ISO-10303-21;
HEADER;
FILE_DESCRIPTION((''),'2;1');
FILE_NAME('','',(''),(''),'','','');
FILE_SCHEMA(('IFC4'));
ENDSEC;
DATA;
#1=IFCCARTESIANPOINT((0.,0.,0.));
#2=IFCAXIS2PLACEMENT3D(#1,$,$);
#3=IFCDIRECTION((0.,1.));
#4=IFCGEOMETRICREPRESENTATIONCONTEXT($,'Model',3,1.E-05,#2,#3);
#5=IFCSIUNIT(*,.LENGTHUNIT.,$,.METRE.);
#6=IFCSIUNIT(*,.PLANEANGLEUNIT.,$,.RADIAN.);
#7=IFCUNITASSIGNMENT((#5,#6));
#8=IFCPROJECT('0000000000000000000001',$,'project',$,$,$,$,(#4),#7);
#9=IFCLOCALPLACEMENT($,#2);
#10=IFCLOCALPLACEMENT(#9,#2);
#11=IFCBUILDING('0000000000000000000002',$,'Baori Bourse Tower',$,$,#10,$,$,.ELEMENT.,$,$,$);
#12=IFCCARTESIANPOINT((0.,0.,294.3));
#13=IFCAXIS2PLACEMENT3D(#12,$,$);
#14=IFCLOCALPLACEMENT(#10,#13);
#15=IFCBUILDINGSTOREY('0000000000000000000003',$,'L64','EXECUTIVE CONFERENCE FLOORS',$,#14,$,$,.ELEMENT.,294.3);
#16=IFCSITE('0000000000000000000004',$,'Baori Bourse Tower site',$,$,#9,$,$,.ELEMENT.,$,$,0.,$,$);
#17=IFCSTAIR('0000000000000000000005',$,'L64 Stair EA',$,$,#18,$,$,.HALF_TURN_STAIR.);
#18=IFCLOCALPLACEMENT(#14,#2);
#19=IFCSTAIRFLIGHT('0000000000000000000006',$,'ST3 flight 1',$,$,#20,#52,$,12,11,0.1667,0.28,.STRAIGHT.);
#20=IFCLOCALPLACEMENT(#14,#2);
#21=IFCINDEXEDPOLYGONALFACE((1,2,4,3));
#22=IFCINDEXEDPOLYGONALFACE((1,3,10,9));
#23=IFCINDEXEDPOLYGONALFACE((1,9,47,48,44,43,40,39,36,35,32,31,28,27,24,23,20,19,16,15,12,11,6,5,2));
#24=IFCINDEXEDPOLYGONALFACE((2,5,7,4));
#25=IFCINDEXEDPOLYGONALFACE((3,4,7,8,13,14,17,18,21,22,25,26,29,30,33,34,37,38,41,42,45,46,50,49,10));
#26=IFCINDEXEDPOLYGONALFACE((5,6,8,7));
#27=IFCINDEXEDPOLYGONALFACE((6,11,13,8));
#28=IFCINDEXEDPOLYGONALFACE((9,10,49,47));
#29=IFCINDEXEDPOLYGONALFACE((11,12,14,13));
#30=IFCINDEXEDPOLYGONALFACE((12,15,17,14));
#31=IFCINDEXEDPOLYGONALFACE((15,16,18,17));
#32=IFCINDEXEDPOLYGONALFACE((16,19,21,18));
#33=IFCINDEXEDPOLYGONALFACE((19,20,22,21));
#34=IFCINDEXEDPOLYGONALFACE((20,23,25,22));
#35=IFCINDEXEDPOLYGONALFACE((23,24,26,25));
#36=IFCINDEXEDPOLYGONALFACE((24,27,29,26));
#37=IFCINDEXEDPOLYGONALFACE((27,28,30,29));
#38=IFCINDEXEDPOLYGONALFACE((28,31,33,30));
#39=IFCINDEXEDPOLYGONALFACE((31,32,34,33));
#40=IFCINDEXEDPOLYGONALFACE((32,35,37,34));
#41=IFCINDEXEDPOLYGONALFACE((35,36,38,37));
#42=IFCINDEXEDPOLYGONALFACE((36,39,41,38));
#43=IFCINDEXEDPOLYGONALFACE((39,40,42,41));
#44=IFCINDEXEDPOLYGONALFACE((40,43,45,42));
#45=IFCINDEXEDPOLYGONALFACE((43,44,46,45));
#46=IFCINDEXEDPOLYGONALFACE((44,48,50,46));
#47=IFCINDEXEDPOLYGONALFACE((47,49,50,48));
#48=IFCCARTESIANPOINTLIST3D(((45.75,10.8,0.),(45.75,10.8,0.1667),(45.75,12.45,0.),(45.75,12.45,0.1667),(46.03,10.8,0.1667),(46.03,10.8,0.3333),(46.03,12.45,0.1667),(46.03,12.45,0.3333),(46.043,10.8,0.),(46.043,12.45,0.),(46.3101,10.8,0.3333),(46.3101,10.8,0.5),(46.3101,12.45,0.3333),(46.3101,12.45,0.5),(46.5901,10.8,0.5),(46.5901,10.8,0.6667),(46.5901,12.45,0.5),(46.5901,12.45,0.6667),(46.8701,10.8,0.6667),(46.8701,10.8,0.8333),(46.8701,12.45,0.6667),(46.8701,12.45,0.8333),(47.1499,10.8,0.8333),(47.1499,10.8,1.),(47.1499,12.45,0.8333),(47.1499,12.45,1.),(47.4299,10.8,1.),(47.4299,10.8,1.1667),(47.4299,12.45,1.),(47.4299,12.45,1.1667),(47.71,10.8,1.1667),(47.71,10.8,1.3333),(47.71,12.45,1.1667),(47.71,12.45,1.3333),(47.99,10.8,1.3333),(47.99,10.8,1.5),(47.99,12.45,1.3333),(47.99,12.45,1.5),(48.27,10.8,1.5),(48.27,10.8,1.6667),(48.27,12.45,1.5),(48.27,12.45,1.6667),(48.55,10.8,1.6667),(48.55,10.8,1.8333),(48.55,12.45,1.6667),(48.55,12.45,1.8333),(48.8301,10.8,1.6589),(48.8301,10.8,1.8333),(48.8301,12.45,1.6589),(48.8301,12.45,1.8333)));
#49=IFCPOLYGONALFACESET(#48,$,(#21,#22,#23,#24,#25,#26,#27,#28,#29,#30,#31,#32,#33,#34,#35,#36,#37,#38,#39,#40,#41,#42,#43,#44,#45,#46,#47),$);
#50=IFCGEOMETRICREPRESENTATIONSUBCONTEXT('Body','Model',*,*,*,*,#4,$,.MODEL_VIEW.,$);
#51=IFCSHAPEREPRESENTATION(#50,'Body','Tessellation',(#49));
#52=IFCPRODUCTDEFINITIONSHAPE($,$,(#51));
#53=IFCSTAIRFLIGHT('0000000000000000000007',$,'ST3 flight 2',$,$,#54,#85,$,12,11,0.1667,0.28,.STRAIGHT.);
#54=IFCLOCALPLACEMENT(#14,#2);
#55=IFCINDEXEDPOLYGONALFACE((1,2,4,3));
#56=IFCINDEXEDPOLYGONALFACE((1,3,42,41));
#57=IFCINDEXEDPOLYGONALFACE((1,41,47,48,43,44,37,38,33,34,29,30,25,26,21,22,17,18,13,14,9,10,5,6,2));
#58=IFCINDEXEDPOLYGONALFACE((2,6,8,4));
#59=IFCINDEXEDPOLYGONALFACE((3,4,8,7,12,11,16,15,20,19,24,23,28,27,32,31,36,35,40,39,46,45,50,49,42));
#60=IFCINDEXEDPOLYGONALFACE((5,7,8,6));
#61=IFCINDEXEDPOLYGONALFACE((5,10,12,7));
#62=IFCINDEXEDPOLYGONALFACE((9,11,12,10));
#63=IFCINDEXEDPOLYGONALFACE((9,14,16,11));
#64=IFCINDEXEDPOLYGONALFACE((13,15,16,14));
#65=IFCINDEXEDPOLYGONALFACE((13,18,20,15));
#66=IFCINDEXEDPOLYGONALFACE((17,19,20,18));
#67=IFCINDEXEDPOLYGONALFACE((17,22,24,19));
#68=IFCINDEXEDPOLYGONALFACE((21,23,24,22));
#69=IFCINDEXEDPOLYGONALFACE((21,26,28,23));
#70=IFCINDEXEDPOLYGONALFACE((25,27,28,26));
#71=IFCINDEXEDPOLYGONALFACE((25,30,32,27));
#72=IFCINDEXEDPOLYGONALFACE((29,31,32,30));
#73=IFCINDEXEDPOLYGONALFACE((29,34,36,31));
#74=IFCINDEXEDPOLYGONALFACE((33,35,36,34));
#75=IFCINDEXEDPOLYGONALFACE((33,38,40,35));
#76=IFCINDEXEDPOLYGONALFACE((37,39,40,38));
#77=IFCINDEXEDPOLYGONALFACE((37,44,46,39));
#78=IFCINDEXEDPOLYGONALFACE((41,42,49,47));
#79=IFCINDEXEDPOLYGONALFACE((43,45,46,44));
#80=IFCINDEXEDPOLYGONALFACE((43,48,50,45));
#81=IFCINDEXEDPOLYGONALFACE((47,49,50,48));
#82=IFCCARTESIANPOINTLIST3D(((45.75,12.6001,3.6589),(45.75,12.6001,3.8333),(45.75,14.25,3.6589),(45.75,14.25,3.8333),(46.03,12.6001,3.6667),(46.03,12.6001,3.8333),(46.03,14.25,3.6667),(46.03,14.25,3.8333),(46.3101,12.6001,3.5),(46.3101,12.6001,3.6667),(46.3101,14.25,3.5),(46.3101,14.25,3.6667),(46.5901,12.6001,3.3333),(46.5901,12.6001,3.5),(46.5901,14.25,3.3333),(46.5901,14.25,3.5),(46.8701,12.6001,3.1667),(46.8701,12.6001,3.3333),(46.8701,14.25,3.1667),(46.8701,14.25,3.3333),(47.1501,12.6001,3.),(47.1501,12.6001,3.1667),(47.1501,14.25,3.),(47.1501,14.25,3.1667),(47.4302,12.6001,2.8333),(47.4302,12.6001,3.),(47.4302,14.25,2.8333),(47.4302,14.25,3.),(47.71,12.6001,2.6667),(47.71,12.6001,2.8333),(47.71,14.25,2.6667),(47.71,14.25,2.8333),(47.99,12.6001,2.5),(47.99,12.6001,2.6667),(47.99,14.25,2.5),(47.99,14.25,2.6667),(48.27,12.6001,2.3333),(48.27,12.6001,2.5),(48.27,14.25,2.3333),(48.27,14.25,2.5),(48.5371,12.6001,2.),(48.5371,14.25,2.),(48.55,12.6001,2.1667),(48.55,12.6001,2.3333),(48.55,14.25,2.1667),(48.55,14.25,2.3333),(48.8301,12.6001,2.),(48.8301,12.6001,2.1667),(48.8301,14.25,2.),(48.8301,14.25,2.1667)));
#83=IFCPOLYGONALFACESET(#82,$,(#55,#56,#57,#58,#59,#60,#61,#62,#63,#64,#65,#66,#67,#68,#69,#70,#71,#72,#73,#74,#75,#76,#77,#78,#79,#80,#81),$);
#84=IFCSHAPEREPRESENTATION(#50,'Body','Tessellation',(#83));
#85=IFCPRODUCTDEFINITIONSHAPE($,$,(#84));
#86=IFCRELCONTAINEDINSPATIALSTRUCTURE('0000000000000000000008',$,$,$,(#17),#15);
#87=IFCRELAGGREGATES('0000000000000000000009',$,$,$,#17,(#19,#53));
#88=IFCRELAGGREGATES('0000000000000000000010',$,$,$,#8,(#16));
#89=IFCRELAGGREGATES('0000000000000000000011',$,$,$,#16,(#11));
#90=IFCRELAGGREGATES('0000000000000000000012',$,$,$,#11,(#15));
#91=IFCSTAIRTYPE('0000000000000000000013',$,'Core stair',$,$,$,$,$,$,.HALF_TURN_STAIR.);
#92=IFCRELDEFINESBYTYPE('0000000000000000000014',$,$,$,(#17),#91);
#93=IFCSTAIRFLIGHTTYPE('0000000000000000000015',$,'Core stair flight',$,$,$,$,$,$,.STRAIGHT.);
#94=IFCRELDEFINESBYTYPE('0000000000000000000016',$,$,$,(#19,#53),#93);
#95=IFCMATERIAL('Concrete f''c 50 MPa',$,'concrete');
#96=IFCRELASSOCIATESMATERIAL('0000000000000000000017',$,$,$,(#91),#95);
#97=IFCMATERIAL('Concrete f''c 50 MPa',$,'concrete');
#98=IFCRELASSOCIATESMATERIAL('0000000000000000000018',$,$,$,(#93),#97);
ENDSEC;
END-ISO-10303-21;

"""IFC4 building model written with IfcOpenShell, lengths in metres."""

from ifc_helpers import new_model, si_unit, direction, frame, origin, place, context, subcontext, project, spatial, polyline, outline, extrude, material, type_object, element, aggregate, save


model = new_model("IFC4")

# Units and contexts
model_context = context("Model", 3, precision=1e-05, world=origin(), true_north=direction((0.0, 1.0)))
body_context = subcontext(model_context, "Body", "Model", "MODEL_VIEW")
ifc_project = project(units=[si_unit("LENGTHUNIT", "METRE"), si_unit("PLANEANGLEUNIT", "RADIAN")], contexts=[model_context])

# Site, building, storey
site_placement = place(None, origin())
site = spatial("IfcSite", under=ifc_project, at=site_placement, Name="Baori Bourse Tower site", CompositionType="ELEMENT", RefElevation=0.0)
building_placement = place(site_placement, origin())
building = spatial("IfcBuilding", under=site, at=building_placement, Name="Baori Bourse Tower", CompositionType="ELEMENT")
storey_placement = place(building_placement, frame((0.0, 0.0, 294.3)))
storey = spatial("IfcBuildingStorey", under=building, at=storey_placement, Name="L64", Description="EXECUTIVE CONFERENCE FLOORS", CompositionType="ELEMENT", Elevation=294.3)

# Stair, stair flights
ifc_material_1 = material(Name="Concrete f'c 50 MPa", Category="concrete")
stair_type = type_object("IfcStairType", Name="Core stair", PredefinedType="HALF_TURN_STAIR", material=ifc_material_1)
stair_placement = place(storey_placement, origin())
stair = element("IfcStair", 1, at=stair_placement, inside=storey, type_object=stair_type, Name="L64 Stair EA", PredefinedType="HALF_TURN_STAIR")
ifc_material_2 = material(Name="Concrete f'c 50 MPa", Category="concrete")
stair_flight_type = type_object("IfcStairFlightType", Name="Core stair flight", PredefinedType="STRAIGHT", material=ifc_material_2)
stair_flight_1_placement = place(storey_placement, frame((45.75, 11.625, 0.0), z_axis=(0.0, 0.0, 1.0), x_axis=(1.0, 0.0, 0.0)))
stair_flight_1 = element("IfcStairFlight", 2, at=stair_flight_1_placement, type_object=stair_flight_type, Name="ST3 flight 1", NumberOfRisers=12, NumberOfTreads=11, PredefinedType="STRAIGHT", RiserHeight=0.1667, TreadLength=0.28, context=body_context, shape_type="SweptSolid", body=[
    extrude(outline(polyline([(0.0, 0.0), (0.0, 0.1667), (0.28, 0.1667), (0.28, 0.3333), (0.5601, 0.3333), (0.5601, 0.5), (0.8401, 0.5), (0.8401, 0.6667), (1.1201, 0.6667), (1.1201, 0.8333), (1.3999, 0.8333), (1.3999, 1.0), (1.6799, 1.0), (1.6799, 1.1667), (1.96, 1.1667), (1.96, 1.3333), (2.24, 1.3333), (2.24, 1.5), (2.52, 1.5), (2.52, 1.6667), (2.8, 1.6667), (2.8, 1.8333), (3.0801, 1.8333), (3.0801, 2.0), (3.0801, 1.6589), (0.293, 0.0), (0.0, 0.0)])), frame((0.0, 0.825, 0.0), z_axis=(0.0, -1.0, 0.0), x_axis=(1.0, 0.0, 0.0)), (0.0, 0.0, 1.0), 1.6499),
])
stair_flight_2_placement = place(storey_placement, frame((48.8301, 13.425, 2.0), z_axis=(0.0, 0.0, 1.0), x_axis=(-1.0, 0.0, 0.0)))
stair_flight_2 = element("IfcStairFlight", 3, at=stair_flight_2_placement, type_object=stair_flight_type, Name="ST3 flight 2", NumberOfRisers=12, NumberOfTreads=11, PredefinedType="STRAIGHT", RiserHeight=0.1667, TreadLength=0.28, context=body_context, shape_type="SweptSolid", body=[
    extrude(outline(polyline([(0.0, 0.0), (0.0, 0.1667), (0.28, 0.1667), (0.28, 0.3333), (0.5601, 0.3333), (0.5601, 0.5), (0.8401, 0.5), (0.8401, 0.6667), (1.1201, 0.6667), (1.1201, 0.8333), (1.3999, 0.8333), (1.3999, 1.0), (1.6799, 1.0), (1.6799, 1.1667), (1.96, 1.1667), (1.96, 1.3333), (2.24, 1.3333), (2.24, 1.5), (2.52, 1.5), (2.52, 1.6667), (2.8, 1.6667), (2.8, 1.8333), (3.0801, 1.8333), (3.0801, 2.0), (3.0801, 1.6589), (0.293, 0.0), (0.0, 0.0)])), frame((0.0, 0.825, 0.0), z_axis=(0.0, -1.0, 0.0), x_axis=(1.0, 0.0, 0.0)), (0.0, 0.0, 1.0), 1.6499),
])
aggregate(stair, [stair_flight_1, stair_flight_2])

save(model, "model.ifc")
